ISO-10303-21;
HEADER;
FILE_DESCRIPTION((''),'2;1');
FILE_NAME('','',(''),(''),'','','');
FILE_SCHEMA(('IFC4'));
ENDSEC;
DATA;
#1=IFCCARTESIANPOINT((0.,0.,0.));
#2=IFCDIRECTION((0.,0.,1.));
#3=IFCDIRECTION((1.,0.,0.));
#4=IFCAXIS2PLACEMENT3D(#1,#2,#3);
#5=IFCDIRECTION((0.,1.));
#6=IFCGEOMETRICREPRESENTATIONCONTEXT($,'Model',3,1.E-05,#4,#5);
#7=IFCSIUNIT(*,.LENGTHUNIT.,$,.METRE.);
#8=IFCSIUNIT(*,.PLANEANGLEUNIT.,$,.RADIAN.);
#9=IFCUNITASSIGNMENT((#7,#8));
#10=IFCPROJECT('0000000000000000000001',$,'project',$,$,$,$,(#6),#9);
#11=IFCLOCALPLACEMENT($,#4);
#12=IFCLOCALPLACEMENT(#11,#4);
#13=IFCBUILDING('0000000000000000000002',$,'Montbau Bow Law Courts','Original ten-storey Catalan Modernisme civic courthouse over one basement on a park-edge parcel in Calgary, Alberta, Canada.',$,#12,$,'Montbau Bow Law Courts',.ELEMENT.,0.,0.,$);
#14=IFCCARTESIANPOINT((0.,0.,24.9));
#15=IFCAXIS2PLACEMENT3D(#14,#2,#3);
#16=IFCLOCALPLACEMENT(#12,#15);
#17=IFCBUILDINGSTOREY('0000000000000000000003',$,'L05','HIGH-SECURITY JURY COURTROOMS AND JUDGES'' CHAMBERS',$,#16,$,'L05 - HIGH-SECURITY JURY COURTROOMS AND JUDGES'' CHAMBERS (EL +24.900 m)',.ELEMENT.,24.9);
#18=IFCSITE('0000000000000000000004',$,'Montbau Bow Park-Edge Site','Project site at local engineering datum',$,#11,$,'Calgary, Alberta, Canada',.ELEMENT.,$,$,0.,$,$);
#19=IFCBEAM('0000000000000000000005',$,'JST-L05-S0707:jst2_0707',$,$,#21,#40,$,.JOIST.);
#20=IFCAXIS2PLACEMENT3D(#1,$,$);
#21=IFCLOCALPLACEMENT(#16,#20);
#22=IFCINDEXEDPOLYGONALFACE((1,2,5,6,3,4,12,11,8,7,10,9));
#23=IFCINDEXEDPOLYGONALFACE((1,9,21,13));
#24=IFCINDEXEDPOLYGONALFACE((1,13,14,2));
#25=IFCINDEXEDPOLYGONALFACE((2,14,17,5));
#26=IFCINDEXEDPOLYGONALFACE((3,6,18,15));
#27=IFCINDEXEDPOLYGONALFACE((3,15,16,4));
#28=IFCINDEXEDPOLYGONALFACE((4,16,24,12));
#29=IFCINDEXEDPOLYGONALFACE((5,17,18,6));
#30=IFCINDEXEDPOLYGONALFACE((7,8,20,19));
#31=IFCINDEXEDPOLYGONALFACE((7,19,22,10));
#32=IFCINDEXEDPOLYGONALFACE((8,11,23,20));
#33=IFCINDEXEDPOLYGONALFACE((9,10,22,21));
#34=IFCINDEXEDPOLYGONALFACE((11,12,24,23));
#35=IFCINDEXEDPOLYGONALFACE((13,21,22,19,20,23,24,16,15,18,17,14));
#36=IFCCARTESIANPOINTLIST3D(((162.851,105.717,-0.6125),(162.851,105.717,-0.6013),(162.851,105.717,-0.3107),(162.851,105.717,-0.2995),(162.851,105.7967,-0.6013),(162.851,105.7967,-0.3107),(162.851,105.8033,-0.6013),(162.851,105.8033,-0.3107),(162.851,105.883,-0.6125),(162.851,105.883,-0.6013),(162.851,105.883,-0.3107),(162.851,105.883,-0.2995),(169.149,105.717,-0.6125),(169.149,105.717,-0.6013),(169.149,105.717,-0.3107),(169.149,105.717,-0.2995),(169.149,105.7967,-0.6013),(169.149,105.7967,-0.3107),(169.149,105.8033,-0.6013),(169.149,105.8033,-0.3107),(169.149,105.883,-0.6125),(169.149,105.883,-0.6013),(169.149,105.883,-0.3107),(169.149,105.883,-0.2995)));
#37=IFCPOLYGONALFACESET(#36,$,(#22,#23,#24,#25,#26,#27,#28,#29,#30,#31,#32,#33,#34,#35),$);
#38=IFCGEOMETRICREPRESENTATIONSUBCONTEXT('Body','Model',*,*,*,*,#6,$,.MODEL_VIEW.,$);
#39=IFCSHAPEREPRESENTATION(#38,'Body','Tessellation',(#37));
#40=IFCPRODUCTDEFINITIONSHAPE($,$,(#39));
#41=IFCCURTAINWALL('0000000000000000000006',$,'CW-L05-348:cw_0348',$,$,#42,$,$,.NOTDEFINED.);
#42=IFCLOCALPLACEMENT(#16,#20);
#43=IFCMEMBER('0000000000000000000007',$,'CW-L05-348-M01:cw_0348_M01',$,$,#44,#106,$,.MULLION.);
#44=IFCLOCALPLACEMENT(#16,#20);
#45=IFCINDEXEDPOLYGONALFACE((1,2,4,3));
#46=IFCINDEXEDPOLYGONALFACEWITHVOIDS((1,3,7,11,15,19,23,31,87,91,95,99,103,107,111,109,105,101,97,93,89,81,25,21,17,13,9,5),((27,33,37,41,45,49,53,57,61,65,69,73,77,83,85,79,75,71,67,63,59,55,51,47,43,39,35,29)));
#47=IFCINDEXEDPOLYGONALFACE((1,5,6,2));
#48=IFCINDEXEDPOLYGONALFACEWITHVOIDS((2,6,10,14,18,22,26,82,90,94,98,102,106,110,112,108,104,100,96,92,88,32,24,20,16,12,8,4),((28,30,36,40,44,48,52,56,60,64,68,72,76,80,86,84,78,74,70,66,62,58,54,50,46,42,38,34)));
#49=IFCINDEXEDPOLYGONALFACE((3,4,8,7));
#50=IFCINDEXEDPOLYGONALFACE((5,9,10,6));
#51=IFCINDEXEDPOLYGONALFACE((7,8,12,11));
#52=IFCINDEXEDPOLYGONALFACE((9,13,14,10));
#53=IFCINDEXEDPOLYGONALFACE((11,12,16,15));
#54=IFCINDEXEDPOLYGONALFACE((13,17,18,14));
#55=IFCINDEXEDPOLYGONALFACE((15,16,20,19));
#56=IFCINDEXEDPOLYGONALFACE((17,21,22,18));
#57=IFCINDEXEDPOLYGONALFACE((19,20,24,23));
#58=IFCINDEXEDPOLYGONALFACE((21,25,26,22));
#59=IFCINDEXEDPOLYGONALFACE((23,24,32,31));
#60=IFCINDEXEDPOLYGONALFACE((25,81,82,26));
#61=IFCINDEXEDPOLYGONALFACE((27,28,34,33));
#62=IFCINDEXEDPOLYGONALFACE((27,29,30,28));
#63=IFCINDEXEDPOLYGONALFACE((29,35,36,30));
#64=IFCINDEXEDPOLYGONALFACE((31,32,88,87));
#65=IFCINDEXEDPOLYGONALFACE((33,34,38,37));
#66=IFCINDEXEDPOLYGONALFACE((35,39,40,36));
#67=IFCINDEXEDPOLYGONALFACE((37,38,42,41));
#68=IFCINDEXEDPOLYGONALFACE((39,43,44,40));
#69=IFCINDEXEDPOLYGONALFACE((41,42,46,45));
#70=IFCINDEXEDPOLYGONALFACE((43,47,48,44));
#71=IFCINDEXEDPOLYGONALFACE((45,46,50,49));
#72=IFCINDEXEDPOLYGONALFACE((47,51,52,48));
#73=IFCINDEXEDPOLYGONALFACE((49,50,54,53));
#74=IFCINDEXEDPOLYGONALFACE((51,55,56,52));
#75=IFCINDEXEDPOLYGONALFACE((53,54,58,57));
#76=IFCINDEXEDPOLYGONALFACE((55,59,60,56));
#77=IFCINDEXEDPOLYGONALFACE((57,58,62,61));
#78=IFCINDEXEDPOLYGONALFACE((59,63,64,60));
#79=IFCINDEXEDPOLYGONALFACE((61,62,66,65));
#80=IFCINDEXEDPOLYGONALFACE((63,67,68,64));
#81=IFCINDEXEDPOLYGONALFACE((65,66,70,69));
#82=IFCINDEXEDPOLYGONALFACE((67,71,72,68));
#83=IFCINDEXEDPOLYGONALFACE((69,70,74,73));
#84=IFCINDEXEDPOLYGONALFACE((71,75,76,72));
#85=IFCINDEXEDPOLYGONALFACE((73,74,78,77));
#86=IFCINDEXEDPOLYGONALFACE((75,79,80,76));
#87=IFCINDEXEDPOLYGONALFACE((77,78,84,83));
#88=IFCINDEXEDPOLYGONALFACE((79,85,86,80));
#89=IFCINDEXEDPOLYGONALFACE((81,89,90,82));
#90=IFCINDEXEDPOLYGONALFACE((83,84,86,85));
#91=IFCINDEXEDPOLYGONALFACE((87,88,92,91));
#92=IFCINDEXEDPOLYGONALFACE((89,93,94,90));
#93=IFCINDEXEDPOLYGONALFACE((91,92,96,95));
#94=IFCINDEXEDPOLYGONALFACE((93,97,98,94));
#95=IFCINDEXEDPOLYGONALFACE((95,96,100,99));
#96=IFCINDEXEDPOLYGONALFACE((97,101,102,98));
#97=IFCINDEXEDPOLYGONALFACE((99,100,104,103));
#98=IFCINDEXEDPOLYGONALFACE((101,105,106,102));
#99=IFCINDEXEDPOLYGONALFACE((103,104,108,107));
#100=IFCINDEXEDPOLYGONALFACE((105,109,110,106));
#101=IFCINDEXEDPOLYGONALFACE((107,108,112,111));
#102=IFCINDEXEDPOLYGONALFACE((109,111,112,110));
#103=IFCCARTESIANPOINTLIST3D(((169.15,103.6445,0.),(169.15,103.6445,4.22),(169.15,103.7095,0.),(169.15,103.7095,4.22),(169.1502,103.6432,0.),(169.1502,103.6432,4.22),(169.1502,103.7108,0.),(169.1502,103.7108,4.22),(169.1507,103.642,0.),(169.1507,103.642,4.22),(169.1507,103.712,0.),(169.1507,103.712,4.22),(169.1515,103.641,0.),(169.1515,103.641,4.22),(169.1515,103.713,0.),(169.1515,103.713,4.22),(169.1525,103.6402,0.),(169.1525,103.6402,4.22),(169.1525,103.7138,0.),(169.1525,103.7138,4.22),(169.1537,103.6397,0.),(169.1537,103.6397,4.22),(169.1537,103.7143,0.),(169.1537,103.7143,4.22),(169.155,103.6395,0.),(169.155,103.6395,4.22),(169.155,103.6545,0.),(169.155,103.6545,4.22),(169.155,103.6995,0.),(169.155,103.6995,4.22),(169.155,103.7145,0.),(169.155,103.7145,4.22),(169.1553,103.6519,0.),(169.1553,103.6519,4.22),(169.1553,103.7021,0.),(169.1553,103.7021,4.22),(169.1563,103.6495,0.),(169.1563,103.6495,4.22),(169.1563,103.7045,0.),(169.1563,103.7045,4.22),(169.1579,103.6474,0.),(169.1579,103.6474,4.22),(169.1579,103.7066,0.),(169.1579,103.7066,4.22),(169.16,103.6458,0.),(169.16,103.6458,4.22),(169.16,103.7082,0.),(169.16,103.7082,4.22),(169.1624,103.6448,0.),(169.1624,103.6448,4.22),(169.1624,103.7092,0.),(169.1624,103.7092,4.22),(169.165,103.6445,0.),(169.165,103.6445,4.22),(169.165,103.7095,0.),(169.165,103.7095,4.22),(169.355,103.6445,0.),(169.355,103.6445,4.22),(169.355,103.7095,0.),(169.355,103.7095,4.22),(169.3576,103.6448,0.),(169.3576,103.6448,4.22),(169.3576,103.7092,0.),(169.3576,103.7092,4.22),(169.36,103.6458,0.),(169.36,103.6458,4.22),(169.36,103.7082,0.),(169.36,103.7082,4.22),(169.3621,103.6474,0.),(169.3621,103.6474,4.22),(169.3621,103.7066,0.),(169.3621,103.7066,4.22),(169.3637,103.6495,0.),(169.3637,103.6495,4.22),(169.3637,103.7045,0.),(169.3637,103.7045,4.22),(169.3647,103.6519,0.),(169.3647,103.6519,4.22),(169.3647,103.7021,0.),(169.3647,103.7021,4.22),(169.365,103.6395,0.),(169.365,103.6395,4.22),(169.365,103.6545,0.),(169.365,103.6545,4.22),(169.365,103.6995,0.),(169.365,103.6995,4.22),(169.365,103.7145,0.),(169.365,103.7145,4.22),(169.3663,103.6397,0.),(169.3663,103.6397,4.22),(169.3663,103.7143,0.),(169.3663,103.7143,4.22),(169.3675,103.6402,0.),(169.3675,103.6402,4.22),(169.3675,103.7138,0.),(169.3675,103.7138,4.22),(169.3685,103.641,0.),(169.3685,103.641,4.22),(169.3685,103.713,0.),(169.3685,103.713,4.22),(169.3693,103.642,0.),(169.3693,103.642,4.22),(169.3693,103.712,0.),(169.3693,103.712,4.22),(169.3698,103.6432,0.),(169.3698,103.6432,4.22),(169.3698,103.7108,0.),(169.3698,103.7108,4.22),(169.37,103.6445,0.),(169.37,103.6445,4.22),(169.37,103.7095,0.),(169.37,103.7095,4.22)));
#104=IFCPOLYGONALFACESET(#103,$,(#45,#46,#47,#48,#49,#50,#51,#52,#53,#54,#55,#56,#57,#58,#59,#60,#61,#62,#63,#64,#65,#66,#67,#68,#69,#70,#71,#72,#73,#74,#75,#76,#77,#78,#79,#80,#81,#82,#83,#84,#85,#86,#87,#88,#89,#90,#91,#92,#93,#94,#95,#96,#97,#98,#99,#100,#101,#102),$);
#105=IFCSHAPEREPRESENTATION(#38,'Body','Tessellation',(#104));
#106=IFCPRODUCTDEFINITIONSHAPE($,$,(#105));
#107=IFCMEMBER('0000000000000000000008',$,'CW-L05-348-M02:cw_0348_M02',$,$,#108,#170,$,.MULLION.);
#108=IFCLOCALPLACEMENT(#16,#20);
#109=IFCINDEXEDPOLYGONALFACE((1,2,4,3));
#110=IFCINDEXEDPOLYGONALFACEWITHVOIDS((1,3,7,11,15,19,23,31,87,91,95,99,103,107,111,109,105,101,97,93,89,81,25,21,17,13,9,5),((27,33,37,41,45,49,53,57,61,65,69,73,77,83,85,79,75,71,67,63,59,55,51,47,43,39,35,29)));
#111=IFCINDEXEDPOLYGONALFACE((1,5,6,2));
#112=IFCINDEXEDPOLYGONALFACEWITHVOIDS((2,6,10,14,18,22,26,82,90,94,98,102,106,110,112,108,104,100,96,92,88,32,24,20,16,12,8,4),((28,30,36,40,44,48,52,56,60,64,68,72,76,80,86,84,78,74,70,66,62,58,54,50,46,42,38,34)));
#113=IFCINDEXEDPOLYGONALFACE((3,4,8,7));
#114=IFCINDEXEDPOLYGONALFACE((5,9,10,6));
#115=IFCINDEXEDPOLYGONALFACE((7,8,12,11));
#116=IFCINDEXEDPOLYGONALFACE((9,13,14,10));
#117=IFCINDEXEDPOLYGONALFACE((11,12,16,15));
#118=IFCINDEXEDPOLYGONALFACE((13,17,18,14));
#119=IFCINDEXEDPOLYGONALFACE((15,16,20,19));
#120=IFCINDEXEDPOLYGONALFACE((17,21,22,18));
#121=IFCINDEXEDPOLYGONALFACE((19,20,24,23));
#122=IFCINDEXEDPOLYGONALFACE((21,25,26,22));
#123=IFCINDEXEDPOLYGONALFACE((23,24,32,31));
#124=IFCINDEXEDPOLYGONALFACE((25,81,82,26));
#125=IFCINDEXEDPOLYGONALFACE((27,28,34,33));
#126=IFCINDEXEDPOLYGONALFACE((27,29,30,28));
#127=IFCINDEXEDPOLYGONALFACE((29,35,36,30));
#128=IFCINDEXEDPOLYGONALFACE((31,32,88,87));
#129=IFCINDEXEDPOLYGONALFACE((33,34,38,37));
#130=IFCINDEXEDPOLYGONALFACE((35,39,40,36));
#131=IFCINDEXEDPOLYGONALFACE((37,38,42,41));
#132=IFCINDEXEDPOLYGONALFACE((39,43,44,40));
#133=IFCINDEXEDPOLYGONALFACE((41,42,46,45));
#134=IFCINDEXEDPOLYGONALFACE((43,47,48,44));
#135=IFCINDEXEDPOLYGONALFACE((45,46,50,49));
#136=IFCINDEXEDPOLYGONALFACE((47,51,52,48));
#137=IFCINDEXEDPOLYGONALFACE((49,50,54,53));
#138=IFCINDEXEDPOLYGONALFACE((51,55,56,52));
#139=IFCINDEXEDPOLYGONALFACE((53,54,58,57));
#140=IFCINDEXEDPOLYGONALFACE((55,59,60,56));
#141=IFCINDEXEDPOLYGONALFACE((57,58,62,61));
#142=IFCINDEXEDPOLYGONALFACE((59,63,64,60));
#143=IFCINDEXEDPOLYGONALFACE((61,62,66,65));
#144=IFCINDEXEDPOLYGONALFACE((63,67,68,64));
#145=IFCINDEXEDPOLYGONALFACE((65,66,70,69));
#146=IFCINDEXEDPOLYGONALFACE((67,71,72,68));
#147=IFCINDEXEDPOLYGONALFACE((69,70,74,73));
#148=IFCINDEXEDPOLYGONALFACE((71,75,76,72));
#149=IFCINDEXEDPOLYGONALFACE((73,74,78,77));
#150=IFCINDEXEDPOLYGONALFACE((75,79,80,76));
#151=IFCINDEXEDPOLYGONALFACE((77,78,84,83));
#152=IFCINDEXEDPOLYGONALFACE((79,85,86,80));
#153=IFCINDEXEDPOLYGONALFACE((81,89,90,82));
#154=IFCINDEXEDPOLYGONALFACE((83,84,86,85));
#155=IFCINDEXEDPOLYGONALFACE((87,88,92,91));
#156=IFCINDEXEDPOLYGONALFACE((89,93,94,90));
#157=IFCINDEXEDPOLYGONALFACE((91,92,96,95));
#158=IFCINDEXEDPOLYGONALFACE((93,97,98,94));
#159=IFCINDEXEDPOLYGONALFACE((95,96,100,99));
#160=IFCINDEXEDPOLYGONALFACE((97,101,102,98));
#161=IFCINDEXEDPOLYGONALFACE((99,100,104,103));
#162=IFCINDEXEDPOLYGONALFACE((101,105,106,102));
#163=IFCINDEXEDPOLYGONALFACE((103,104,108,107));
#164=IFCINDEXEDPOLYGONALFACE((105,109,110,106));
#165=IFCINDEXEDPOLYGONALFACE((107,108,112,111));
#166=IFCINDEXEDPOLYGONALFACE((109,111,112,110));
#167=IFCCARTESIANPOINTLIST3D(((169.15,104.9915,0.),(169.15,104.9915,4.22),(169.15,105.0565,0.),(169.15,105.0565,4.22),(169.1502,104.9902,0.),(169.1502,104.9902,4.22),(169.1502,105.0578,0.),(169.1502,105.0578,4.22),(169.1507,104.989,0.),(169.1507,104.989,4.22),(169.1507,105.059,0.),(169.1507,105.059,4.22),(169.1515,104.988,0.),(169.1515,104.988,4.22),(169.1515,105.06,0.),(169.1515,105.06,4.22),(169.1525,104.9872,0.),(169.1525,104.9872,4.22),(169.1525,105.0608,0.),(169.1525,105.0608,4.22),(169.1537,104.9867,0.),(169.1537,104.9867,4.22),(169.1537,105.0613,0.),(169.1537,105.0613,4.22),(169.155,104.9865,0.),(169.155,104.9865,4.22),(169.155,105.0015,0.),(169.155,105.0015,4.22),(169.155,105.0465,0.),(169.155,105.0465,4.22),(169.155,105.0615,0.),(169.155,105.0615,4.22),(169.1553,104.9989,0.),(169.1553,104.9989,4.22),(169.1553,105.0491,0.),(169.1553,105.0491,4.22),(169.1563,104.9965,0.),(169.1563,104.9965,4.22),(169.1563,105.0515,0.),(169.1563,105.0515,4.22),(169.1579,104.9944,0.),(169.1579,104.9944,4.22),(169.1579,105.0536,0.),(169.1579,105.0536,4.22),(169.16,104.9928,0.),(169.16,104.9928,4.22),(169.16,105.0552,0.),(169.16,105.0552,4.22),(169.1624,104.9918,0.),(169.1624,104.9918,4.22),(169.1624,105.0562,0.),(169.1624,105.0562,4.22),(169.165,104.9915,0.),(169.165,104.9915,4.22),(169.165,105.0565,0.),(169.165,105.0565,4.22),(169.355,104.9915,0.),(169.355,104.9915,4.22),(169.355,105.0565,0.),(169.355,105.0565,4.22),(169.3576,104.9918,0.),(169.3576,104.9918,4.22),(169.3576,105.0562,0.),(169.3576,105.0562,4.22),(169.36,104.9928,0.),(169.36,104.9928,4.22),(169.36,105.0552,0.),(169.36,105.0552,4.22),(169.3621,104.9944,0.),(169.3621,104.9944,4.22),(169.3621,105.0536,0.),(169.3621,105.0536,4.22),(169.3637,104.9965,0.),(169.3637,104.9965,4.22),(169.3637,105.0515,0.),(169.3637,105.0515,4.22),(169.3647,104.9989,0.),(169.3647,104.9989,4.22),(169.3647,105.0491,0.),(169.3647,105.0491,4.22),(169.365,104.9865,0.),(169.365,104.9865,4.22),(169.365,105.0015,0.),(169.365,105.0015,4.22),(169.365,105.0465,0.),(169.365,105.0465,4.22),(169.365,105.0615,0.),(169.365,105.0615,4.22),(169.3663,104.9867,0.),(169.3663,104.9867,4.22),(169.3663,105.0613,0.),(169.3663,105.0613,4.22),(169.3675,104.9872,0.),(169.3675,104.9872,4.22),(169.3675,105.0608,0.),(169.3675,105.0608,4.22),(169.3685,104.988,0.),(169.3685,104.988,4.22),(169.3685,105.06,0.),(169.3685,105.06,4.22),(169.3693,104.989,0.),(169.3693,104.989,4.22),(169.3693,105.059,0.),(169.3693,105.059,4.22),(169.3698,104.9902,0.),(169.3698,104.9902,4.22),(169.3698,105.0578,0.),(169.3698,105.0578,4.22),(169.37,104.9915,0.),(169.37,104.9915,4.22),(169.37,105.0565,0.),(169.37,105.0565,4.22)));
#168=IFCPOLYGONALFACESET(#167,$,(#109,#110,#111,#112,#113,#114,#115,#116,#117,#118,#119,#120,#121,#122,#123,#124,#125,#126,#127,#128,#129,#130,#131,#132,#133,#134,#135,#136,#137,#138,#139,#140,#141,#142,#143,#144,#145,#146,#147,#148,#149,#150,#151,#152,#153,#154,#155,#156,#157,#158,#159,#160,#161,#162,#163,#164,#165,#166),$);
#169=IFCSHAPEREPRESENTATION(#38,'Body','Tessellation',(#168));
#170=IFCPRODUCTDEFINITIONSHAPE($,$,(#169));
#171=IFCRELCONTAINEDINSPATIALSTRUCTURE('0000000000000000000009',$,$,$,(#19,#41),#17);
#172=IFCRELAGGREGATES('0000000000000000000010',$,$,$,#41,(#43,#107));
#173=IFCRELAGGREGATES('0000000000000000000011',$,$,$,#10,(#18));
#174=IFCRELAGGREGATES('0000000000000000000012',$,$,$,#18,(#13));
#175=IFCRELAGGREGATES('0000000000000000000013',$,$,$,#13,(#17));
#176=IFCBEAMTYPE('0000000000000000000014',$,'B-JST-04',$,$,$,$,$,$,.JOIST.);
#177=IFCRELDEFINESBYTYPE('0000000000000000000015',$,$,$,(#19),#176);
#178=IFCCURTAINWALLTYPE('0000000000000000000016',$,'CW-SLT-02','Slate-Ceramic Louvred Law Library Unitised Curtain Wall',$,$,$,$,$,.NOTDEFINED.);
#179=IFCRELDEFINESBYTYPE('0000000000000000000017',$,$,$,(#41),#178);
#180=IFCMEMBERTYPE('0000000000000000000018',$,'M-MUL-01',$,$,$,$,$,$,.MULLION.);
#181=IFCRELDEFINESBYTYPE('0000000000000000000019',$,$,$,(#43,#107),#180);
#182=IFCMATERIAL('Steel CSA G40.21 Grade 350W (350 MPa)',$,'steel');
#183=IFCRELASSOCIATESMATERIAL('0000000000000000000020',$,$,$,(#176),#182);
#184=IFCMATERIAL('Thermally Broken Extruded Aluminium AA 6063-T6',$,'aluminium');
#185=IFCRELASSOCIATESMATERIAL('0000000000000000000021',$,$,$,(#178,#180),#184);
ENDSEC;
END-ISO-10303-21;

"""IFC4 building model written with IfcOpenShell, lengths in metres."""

from ifc_helpers import new_model, si_unit, direction, frame, origin_with_axes, origin_2d_with_axis, place, context, subcontext, project, spatial, hollow_rectangle, i_section, extrude, material, material_profile, profile_set, type_object, element, aggregate, save


model = new_model("IFC4")

# Units and contexts
model_context = context("Model", 3, precision=1e-05, world=origin_with_axes(), true_north=direction((0.0, 1.0)))
body_context = subcontext(model_context, "Body", "Model", "MODEL_VIEW")
ifc_project = project(units=[si_unit("LENGTHUNIT", "METRE"), si_unit("PLANEANGLEUNIT", "RADIAN")], contexts=[model_context])

# Site, building, storey
site_placement = place(None, origin_with_axes())
site = spatial("IfcSite", under=ifc_project, at=site_placement, Name="Montbau Bow Park-Edge Site", Description="Project site at local engineering datum", LongName="Calgary, Alberta, Canada", CompositionType="ELEMENT", RefElevation=0.0)
building_placement = place(site_placement, origin_with_axes())
building = spatial("IfcBuilding", under=site, at=building_placement, Name="Montbau Bow Law Courts", Description="Original ten-storey Catalan Modernisme civic courthouse over one basement on a park-edge parcel in Calgary, Alberta, Canada.", LongName="Montbau Bow Law Courts", CompositionType="ELEMENT", ElevationOfRefHeight=0.0, ElevationOfTerrain=0.0)
storey_placement = place(building_placement, frame((0.0, 0.0, 24.9), z_axis=(0.0, 0.0, 1.0), x_axis=(1.0, 0.0, 0.0)))
storey = spatial("IfcBuildingStorey", under=building, at=storey_placement, Name="L05", Description="HIGH-SECURITY JURY COURTROOMS AND JUDGES' CHAMBERS", LongName="L05 - HIGH-SECURITY JURY COURTROOMS AND JUDGES' CHAMBERS (EL +24.900 m)", CompositionType="ELEMENT", Elevation=24.9)

# Beam
ifc_material_1 = material(Name="Steel CSA G40.21 Grade 350W (350 MPa)", Category="steel")
ifc_material_profile_1 = material_profile(ifc_material_1, i_section(OverallWidth=0.166, OverallDepth=0.313, WebThickness=0.0066, FlangeThickness=0.0112, at=origin_2d_with_axis()), Name="W310X45", Category="Main", Priority=0)
ifc_profile_set_1 = profile_set([ifc_material_profile_1], Name="Steel CSA G40.21 Grade 350W (350 MPa)")
beam_type = type_object("IfcBeamType", Name="B-JST-04", PredefinedType="JOIST", material=ifc_profile_set_1)
beam_placement = place(None, frame((162.851, 105.8, 24.444), z_axis=(1.0, 0.0, 0.0), x_axis=(0.0, 1.0, 0.0)))
element("IfcBeam", 1, at=beam_placement, inside=storey, type_object=beam_type, Name="JST-L05-S0707:jst2_0707", PredefinedType="JOIST", context=body_context, shape_type="SweptSolid", body=[
    extrude(i_section(OverallWidth=0.166, OverallDepth=0.313, WebThickness=0.0066, FlangeThickness=0.0112, at=origin_2d_with_axis()), origin_with_axes(), (0.0, 0.0, 1.0), 6.298),
])

# Curtain wall, members
ifc_material_2 = material(Name="Thermally Broken Extruded Aluminium AA 6063-T6", Category="aluminium")
curtain_wall_type = type_object("IfcCurtainWallType", Name="CW-SLT-02", Description="Slate-Ceramic Louvred Law Library Unitised Curtain Wall", PredefinedType="NOTDEFINED", material=ifc_material_2)
curtain_wall_1_placement = place(None, frame((169.26, 103.64, 24.9), z_axis=(0.0, 0.0, 1.0), x_axis=(1.0, 0.0, 0.0)))
curtain_wall_1 = element("IfcCurtainWall", 2, at=curtain_wall_1_placement, inside=storey, type_object=curtain_wall_type, Name="CW-L05-348:cw_0348", PredefinedType="NOTDEFINED")
ifc_material_profile_2 = material_profile(ifc_material_2, hollow_rectangle(XDim=0.075, YDim=0.22, WallThickness=0.005, InnerFilletRadius=0.01, OuterFilletRadius=0.005, at=origin_2d_with_axis()), Name="CWM-220X75", Category="Main", Priority=0)
ifc_profile_set_2 = profile_set([ifc_material_profile_2], Name="Thermally Broken Extruded Aluminium AA 6063-T6")
member_type_1 = type_object("IfcMemberType", Name="M-MUL-01", PredefinedType="MULLION", material=ifc_profile_set_2)
member_1_placement = place(None, frame((169.26, 103.677, 24.9), z_axis=(0.0, 0.0, 1.0), x_axis=(0.0, 1.0, 0.0)))
member_1 = element("IfcMember", 3, at=member_1_placement, type_object=member_type_1, Name="CW-L05-348-M01:cw_0348_M01", PredefinedType="MULLION", context=body_context, shape_type="SweptSolid", body=[
    extrude(hollow_rectangle(XDim=0.075, YDim=0.22, WallThickness=0.005, InnerFilletRadius=0.01, OuterFilletRadius=0.005, at=origin_2d_with_axis()), origin_with_axes(), (0.0, 0.0, 1.0), 4.22),
])
member_2_placement = place(None, frame((169.26, 105.024, 24.9), z_axis=(0.0, 0.0, 1.0), x_axis=(0.0, 1.0, 0.0)))
member_2 = element("IfcMember", 4, at=member_2_placement, type_object=member_type_1, Name="CW-L05-348-M02:cw_0348_M02", PredefinedType="MULLION", context=body_context, shape_type="SweptSolid", body=[
    extrude(hollow_rectangle(XDim=0.075, YDim=0.22, WallThickness=0.005, InnerFilletRadius=0.01, OuterFilletRadius=0.005, at=origin_2d_with_axis()), origin_with_axes(), (0.0, 0.0, 1.0), 4.22),
])

aggregate(curtain_wall_1, [member_1, member_2])

save(model, "model.ifc")
